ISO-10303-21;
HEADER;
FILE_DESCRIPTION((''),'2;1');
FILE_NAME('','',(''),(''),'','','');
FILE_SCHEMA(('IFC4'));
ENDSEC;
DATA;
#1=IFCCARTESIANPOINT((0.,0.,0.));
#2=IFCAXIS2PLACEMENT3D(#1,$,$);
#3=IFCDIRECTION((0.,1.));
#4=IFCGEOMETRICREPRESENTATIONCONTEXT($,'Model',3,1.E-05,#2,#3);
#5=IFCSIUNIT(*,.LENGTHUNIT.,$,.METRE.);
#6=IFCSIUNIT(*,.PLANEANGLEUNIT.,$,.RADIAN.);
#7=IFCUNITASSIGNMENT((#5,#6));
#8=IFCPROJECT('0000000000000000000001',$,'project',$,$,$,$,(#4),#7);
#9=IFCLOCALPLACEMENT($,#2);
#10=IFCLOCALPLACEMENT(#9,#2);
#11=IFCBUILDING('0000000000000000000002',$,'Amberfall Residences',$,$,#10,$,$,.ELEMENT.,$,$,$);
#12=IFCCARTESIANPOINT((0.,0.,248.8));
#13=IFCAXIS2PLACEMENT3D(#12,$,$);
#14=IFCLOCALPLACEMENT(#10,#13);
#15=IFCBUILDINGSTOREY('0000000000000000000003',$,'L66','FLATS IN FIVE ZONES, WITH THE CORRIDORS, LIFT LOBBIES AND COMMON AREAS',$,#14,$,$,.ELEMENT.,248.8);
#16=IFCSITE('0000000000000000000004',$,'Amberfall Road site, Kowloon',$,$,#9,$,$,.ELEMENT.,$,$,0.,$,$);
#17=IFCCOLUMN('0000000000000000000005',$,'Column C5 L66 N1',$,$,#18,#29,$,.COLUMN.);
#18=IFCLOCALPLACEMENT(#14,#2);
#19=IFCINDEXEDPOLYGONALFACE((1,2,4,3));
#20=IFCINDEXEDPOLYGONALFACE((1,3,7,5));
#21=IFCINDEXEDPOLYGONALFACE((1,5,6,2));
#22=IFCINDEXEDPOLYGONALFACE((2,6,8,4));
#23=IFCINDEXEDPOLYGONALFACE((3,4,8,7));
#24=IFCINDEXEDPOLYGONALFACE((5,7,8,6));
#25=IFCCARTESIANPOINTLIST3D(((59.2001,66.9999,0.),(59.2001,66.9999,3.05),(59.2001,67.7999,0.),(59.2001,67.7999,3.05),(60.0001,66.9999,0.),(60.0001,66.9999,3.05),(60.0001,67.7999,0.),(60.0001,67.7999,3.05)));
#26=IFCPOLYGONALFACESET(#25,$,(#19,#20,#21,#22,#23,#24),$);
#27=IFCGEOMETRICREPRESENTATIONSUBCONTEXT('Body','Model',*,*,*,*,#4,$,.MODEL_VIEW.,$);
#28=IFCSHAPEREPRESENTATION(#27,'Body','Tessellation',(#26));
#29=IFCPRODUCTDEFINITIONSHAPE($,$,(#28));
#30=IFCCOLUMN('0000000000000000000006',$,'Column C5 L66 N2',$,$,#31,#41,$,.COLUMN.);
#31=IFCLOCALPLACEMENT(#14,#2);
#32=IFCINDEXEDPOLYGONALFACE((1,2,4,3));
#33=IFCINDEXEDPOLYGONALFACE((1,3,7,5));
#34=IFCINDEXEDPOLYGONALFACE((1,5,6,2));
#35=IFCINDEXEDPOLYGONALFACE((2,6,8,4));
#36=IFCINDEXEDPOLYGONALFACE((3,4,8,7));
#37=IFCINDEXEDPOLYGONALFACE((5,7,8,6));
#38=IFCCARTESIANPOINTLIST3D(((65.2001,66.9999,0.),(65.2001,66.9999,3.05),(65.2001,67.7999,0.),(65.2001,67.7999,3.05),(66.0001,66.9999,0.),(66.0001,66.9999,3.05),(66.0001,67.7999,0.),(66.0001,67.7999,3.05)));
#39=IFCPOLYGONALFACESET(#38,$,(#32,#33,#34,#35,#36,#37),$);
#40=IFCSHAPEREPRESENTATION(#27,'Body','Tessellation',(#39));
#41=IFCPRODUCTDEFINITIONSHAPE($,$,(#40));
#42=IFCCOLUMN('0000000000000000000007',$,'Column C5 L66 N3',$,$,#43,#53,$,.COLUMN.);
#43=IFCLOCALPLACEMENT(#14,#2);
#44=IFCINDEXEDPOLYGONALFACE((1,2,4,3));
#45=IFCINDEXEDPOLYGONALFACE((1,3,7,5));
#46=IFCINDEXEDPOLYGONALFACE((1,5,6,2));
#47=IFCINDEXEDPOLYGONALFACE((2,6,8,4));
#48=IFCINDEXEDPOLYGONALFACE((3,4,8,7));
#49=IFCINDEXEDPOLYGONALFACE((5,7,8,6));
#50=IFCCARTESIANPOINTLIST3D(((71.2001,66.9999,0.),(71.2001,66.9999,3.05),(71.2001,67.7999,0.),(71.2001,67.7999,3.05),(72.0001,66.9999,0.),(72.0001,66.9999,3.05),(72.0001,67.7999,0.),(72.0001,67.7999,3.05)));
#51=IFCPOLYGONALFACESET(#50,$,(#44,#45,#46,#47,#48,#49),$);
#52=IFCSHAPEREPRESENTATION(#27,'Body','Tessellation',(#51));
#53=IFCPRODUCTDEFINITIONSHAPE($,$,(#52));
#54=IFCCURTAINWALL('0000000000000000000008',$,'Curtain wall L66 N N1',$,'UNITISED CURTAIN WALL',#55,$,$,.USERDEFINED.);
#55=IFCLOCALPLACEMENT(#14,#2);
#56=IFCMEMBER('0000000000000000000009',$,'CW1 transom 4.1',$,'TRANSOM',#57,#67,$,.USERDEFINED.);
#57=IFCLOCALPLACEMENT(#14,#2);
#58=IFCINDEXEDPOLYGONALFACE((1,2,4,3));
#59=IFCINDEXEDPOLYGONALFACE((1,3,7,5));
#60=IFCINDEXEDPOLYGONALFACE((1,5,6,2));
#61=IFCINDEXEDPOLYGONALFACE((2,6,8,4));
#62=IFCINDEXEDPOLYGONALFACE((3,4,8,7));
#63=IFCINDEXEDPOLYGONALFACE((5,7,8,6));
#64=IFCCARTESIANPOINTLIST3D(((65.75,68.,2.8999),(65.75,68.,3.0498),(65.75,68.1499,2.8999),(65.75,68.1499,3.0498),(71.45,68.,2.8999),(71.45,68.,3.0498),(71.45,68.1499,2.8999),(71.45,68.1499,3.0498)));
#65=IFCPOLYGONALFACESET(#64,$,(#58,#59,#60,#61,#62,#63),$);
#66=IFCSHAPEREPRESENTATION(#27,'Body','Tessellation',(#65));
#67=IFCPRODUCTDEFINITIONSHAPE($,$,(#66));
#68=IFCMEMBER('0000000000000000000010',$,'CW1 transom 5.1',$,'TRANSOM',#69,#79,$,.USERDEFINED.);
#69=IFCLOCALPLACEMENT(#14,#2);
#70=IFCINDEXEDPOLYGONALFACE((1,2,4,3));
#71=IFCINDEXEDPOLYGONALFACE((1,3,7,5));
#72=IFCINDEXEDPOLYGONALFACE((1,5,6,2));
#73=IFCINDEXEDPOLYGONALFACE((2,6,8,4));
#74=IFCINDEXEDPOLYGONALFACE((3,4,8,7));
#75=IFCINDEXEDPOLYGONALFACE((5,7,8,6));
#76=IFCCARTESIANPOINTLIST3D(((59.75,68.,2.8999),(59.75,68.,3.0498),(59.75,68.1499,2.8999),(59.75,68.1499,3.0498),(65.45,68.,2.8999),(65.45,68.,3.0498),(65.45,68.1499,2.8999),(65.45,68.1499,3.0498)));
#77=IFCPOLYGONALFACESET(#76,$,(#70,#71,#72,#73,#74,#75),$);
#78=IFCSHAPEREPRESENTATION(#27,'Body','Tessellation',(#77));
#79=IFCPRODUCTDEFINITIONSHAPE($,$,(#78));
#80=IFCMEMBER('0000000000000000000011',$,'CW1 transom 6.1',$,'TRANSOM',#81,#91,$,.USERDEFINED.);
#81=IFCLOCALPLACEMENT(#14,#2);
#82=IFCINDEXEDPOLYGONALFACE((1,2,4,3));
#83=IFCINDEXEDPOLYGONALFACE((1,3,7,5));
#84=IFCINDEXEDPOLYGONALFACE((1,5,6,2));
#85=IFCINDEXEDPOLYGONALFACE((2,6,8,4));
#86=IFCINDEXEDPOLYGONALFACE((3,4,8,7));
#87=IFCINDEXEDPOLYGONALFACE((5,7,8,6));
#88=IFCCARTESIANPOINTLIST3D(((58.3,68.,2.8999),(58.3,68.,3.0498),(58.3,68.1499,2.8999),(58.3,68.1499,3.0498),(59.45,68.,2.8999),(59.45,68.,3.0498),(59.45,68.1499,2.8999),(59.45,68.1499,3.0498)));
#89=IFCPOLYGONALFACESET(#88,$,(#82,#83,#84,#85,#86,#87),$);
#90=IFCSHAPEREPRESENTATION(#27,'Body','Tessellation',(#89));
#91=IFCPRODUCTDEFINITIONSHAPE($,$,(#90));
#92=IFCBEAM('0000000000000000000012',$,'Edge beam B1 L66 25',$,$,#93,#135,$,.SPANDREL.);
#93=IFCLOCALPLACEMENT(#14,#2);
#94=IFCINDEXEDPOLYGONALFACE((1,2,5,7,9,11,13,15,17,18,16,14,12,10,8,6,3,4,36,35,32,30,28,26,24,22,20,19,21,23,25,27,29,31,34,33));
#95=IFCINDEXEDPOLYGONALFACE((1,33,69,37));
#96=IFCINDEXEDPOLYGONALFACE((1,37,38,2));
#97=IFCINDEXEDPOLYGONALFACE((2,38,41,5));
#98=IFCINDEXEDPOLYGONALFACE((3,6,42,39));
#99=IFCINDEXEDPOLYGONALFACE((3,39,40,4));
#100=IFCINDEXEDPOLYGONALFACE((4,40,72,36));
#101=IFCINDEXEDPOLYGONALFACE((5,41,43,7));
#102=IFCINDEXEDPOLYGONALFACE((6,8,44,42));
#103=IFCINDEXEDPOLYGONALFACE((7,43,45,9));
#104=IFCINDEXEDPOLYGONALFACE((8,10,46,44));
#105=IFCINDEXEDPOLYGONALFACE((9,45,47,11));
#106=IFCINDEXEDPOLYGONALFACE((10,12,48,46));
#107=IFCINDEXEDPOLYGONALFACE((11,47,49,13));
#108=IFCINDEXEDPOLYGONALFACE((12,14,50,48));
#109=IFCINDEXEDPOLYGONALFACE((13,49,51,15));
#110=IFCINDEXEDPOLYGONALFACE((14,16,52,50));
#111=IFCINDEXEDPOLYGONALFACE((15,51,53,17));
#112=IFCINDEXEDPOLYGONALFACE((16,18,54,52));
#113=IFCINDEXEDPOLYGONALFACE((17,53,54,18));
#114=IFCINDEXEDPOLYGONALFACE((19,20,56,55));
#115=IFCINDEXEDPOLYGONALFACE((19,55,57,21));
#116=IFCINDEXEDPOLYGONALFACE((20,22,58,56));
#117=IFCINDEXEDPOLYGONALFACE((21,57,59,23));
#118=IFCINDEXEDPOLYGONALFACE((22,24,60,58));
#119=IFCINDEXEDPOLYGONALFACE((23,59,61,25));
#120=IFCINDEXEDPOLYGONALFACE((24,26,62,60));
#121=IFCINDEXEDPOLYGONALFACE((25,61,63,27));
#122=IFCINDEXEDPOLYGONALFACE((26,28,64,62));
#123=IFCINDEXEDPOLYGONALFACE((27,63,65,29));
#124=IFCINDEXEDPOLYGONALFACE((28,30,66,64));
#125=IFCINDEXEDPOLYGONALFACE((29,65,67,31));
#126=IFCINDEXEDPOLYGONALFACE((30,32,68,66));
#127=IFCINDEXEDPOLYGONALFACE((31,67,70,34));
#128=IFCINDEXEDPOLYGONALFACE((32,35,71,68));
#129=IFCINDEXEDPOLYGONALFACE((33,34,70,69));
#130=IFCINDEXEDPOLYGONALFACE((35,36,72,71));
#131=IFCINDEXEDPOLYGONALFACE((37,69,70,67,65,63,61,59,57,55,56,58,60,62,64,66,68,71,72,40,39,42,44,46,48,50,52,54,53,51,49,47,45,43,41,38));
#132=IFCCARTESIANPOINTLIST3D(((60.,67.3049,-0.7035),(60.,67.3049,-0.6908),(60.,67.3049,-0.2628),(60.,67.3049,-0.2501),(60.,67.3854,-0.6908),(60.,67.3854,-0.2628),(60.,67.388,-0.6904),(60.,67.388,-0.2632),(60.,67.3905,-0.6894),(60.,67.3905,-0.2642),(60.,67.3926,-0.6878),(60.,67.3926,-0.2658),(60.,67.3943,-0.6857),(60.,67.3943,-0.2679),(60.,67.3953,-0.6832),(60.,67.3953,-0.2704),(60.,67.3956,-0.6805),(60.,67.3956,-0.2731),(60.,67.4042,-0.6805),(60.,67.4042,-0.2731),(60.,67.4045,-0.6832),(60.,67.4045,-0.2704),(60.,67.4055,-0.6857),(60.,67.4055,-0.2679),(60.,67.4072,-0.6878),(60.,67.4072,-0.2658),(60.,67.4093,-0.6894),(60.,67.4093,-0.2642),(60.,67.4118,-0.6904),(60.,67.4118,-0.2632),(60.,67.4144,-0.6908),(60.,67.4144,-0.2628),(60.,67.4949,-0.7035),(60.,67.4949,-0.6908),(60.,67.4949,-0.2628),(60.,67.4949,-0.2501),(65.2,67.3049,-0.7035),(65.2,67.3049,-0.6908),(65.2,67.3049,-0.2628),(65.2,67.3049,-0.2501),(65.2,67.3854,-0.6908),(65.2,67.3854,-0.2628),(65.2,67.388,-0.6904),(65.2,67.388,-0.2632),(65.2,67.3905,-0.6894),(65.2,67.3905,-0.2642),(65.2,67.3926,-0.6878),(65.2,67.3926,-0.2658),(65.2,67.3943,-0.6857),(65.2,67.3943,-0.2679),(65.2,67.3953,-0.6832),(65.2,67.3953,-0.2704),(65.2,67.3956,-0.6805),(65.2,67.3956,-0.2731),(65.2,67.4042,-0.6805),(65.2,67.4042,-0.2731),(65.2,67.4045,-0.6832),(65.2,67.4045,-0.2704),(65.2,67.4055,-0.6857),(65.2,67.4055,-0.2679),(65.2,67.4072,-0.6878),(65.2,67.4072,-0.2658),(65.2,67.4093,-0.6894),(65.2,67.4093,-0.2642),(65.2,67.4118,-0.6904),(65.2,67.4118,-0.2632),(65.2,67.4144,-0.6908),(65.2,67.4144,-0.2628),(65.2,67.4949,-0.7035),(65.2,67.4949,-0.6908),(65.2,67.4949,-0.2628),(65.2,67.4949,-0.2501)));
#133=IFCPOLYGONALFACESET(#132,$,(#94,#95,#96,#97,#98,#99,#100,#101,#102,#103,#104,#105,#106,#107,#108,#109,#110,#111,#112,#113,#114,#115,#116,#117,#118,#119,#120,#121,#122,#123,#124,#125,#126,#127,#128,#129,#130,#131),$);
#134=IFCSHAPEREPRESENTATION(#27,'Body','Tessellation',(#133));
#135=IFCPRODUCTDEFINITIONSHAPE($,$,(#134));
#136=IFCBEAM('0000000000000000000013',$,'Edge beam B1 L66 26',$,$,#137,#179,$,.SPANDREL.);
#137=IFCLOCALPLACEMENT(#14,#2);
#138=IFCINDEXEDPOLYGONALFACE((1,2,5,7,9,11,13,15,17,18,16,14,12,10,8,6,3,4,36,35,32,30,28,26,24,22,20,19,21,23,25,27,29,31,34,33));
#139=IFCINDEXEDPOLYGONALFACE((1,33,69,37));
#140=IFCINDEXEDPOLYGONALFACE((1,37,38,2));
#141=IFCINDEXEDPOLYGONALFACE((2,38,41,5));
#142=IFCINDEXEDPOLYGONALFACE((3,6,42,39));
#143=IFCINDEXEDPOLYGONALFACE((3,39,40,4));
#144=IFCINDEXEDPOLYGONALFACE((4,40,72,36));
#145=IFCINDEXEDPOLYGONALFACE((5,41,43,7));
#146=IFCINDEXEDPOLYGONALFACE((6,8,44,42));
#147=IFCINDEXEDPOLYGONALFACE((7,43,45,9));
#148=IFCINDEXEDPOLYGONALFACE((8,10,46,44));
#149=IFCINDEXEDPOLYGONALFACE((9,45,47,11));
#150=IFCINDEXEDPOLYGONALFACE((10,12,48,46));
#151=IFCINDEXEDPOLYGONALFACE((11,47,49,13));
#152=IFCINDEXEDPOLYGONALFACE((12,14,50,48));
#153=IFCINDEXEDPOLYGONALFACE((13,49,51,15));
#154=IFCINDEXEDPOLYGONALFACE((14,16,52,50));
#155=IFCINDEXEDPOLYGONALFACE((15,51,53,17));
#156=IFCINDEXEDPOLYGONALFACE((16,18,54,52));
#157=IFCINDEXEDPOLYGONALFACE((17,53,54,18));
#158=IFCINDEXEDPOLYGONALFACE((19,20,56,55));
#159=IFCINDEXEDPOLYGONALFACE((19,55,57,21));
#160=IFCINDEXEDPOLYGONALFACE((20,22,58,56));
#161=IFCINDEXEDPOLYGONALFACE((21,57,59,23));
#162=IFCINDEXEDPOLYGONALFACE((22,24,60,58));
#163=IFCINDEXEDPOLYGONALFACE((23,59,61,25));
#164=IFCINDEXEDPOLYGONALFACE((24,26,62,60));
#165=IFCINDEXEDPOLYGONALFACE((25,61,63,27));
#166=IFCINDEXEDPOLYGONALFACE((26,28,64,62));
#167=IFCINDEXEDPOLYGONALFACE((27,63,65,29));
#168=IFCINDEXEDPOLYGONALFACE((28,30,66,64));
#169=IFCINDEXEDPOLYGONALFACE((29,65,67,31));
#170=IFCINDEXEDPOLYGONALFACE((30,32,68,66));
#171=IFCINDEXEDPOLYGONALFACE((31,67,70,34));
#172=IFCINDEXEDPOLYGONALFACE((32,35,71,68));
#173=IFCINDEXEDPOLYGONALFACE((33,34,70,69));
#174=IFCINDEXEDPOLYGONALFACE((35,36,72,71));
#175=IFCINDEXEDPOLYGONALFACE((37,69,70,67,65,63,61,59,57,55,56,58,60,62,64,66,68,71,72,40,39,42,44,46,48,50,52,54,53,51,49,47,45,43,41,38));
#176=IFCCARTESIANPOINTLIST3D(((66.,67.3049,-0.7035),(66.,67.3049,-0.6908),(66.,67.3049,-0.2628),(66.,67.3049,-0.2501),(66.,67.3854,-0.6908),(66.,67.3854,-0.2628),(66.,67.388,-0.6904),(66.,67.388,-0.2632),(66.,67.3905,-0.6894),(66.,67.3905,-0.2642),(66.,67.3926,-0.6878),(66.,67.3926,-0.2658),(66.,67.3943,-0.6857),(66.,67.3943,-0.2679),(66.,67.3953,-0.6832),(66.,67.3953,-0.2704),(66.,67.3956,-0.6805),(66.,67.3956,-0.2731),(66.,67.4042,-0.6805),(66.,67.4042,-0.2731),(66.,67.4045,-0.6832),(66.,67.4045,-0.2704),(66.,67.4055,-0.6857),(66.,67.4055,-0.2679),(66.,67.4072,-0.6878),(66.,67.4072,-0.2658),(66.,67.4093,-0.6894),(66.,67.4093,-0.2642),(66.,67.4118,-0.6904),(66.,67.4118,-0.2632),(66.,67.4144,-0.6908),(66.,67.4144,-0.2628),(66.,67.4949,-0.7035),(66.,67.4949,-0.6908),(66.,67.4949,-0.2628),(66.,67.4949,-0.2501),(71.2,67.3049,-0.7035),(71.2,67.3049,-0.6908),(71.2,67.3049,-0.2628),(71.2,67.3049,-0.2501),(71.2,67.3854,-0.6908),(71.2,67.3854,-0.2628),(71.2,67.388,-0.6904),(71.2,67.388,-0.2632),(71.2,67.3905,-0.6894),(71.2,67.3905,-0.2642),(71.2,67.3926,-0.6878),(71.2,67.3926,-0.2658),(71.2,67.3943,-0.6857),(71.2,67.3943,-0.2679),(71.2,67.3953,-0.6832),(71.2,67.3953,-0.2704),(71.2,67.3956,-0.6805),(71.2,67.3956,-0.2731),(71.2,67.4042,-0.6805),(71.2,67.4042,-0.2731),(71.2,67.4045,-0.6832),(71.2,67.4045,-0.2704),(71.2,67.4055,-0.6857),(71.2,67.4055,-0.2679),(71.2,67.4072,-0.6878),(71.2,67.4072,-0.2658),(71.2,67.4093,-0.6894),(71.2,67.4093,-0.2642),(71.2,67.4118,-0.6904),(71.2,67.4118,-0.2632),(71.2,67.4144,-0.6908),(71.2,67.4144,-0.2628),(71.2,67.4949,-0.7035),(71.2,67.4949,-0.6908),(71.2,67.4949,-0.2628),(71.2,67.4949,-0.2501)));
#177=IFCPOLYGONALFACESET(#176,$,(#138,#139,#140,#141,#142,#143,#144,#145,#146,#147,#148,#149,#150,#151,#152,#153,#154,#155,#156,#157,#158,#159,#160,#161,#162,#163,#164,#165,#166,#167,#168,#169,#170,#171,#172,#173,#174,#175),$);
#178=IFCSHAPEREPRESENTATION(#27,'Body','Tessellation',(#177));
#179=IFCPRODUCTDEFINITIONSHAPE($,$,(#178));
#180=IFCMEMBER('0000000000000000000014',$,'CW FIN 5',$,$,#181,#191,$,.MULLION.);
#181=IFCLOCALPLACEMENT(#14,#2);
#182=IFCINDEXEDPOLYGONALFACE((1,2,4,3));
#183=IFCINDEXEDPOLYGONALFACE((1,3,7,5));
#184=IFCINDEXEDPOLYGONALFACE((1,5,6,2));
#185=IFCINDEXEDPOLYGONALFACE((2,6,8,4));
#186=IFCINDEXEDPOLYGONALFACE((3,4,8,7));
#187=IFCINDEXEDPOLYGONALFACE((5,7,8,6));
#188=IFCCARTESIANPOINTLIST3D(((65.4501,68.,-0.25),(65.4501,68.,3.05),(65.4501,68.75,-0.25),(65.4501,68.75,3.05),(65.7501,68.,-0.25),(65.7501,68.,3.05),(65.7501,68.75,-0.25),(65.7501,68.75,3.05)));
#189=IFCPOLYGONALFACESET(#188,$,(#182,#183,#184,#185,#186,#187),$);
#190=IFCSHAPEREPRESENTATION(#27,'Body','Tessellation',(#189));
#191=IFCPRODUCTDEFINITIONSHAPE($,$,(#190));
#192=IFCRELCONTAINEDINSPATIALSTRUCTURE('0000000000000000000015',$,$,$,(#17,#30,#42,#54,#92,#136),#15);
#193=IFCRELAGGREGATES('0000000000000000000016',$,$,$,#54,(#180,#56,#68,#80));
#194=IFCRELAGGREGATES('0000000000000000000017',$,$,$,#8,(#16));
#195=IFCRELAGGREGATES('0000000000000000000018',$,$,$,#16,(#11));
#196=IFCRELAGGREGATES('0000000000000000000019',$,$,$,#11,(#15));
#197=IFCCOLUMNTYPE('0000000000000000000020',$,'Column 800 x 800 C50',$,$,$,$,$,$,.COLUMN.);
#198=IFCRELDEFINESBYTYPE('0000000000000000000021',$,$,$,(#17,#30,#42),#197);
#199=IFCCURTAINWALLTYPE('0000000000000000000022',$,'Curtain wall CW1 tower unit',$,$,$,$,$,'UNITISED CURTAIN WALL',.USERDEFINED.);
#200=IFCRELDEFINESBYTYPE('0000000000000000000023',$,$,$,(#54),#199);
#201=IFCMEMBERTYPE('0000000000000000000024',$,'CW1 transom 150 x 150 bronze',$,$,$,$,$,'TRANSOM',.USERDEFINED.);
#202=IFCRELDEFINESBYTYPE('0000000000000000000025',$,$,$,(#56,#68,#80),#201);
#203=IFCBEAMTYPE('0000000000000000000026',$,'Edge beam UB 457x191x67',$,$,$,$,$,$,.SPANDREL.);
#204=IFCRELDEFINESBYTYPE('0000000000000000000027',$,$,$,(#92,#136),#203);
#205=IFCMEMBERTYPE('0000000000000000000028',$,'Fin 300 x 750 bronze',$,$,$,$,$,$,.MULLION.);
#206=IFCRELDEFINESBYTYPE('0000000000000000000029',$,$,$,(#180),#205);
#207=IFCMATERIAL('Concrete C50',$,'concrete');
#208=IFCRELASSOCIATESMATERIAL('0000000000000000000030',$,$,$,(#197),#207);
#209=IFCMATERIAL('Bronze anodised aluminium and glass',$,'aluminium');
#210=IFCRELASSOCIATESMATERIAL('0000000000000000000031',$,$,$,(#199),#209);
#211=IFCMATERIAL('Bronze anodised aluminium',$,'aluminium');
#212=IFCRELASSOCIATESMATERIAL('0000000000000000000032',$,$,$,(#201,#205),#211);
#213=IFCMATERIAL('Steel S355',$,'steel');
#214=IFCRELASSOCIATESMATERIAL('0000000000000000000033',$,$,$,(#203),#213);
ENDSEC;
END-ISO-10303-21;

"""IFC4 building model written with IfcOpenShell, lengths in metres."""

from ifc_helpers import new_model, si_unit, direction, frame, origin, origin_2d, place, context, subcontext, project, spatial, rectangle, i_section, extrude, material, material_profile, profile_set, type_object, element, aggregate, save


model = new_model("IFC4")

# Units and contexts
model_context = context("Model", 3, precision=1e-05, world=origin(), true_north=direction((0.0, 1.0)))
body_context = subcontext(model_context, "Body", "Model", "MODEL_VIEW")
ifc_project = project(units=[si_unit("LENGTHUNIT", "METRE"), si_unit("PLANEANGLEUNIT", "RADIAN")], contexts=[model_context])

# Site, building, storey
site_placement = place(None, origin())
site = spatial("IfcSite", under=ifc_project, at=site_placement, Name="Amberfall Road site, Kowloon", CompositionType="ELEMENT", RefElevation=0.0)
building_placement = place(site_placement, origin())
building = spatial("IfcBuilding", under=site, at=building_placement, Name="Amberfall Residences", CompositionType="ELEMENT")
storey_placement = place(building_placement, frame((0.0, 0.0, 248.8)))
storey = spatial("IfcBuildingStorey", under=building, at=storey_placement, Name="L66", Description="FLATS IN FIVE ZONES, WITH THE CORRIDORS, LIFT LOBBIES AND COMMON AREAS", CompositionType="ELEMENT", Elevation=248.8)

# Columns
ifc_material_1 = material(Name="Concrete C50", Category="concrete")
ifc_material_profile_1 = material_profile(ifc_material_1, rectangle(XDim=0.8, YDim=0.8, at=origin_2d()), Name="Column 800 x 800 C50")
ifc_profile_set_1 = profile_set([ifc_material_profile_1], Name="Concrete C50")
column_type = type_object("IfcColumnType", Name="Column 800 x 800 C50", PredefinedType="COLUMN", material=ifc_profile_set_1)
for number, where, z_axis, x_axis, name in (
    (1, (59.6001, 67.3999, 0.0), (0.0, 0.0, 1.0), (1.0, 0.0, 0.0), "Column C5 L66 N1"),
    (2, (65.6001, 67.3999, 0.0), (0.0, 0.0, 1.0), (1.0, 0.0, 0.0), "Column C5 L66 N2"),
    (3, (71.6001, 67.3999, 0.0), (0.0, 0.0, 1.0), (1.0, 0.0, 0.0), "Column C5 L66 N3"),
):
    element("IfcColumn", number, at=place(storey_placement, frame(where, z_axis=z_axis, x_axis=x_axis)), inside=storey, type_object=column_type, Name=name, PredefinedType="COLUMN", context=body_context, shape_type="SweptSolid", body=[
        extrude(rectangle(XDim=0.8, YDim=0.8, at=origin_2d()), origin(), (0.0, 0.0, 1.0), 3.05),
    ])

# Curtain wall, members
ifc_material_2 = material(Name="Bronze anodised aluminium and glass", Category="aluminium")
curtain_wall_type = type_object("IfcCurtainWallType", Name="Curtain wall CW1 tower unit", ElementType="UNITISED CURTAIN WALL", PredefinedType="USERDEFINED", material=ifc_material_2)
curtain_wall_placement = place(storey_placement, origin())
curtain_wall = element("IfcCurtainWall", 4, at=curtain_wall_placement, inside=storey, type_object=curtain_wall_type, Name="Curtain wall L66 N N1", ObjectType="UNITISED CURTAIN WALL", PredefinedType="USERDEFINED")
ifc_material_3 = material(Name="Bronze anodised aluminium", Category="aluminium")
ifc_material_profile_2 = material_profile(ifc_material_3, rectangle(XDim=0.1499, YDim=0.1499, at=origin_2d()), Name="CW1 transom 150 x 150 bronze")
ifc_profile_set_2 = profile_set([ifc_material_profile_2], Name="Bronze anodised aluminium")
member_type_1 = type_object("IfcMemberType", Name="CW1 transom 150 x 150 bronze", ElementType="TRANSOM", PredefinedType="USERDEFINED", material=ifc_profile_set_2)
member_1_placement = place(storey_placement, frame((71.45, 68.075, 2.9749), z_axis=(-1.0, 0.0, 0.0), x_axis=(0.0, -1.0, 0.0)))
member_1 = element("IfcMember", 5, at=member_1_placement, type_object=member_type_1, Name="CW1 transom 4.1", ObjectType="TRANSOM", PredefinedType="USERDEFINED", context=body_context, shape_type="SweptSolid", body=[
    extrude(rectangle(XDim=0.1499, YDim=0.1499, at=origin_2d()), origin(), (0.0, 0.0, 1.0), 5.7),
])
member_2_placement = place(storey_placement, frame((65.45, 68.075, 2.9749), z_axis=(-1.0, 0.0, 0.0), x_axis=(0.0, -1.0, 0.0)))
member_2 = element("IfcMember", 6, at=member_2_placement, type_object=member_type_1, Name="CW1 transom 5.1", ObjectType="TRANSOM", PredefinedType="USERDEFINED", context=body_context, shape_type="SweptSolid", body=[
    extrude(rectangle(XDim=0.1499, YDim=0.1499, at=origin_2d()), origin(), (0.0, 0.0, 1.0), 5.7),
])
member_3_placement = place(storey_placement, frame((59.45, 68.075, 2.9749), z_axis=(-1.0, 0.0, 0.0), x_axis=(0.0, -1.0, 0.0)))
member_3 = element("IfcMember", 7, at=member_3_placement, type_object=member_type_1, Name="CW1 transom 6.1", ObjectType="TRANSOM", PredefinedType="USERDEFINED", context=body_context, shape_type="SweptSolid", body=[
    extrude(rectangle(XDim=0.1499, YDim=0.1499, at=origin_2d()), origin(), (0.0, 0.0, 1.0), 1.1499),
])

# Beams
ifc_material_4 = material(Name="Steel S355", Category="steel")
ifc_material_profile_3 = material_profile(ifc_material_4, i_section(OverallWidth=0.1899, OverallDepth=0.4534, WebThickness=0.0085, FlangeThickness=0.0127, FilletRadius=0.0103, at=origin_2d()), Name="UB 457x191x67")
ifc_profile_set_3 = profile_set([ifc_material_profile_3], Name="Steel S355")
beam_type_1 = type_object("IfcBeamType", Name="Edge beam UB 457x191x67", PredefinedType="SPANDREL", material=ifc_profile_set_3)
for number, where, z_axis, x_axis, name in (
    (8, (60.0, 67.3999, -0.4768), (1.0, 0.0, 0.0), (0.0, 1.0, 0.0), "Edge beam B1 L66 25"),
    (9, (66.0, 67.3999, -0.4768), (1.0, 0.0, 0.0), (0.0, 1.0, 0.0), "Edge beam B1 L66 26"),
):
    element("IfcBeam", number, at=place(storey_placement, frame(where, z_axis=z_axis, x_axis=x_axis)), inside=storey, type_object=beam_type_1, Name=name, PredefinedType="SPANDREL", context=body_context, shape_type="SweptSolid", body=[
        extrude(i_section(OverallWidth=0.1899, OverallDepth=0.4534, WebThickness=0.0085, FlangeThickness=0.0127, FilletRadius=0.0103, at=origin_2d()), origin(), (0.0, 0.0, 1.0), 5.2),
    ])

# Member
ifc_material_profile_4 = material_profile(ifc_material_3, rectangle(XDim=0.75, YDim=0.3, at=origin_2d()), Name="Fin 300 x 750 bronze")
ifc_profile_set_4 = profile_set([ifc_material_profile_4], Name="Bronze anodised aluminium")
member_type_2 = type_object("IfcMemberType", Name="Fin 300 x 750 bronze", PredefinedType="MULLION", material=ifc_profile_set_4)
member_4_placement = place(storey_placement, frame((65.6001, 68.375, -0.25), z_axis=(0.0, 0.0, 1.0), x_axis=(0.0, -1.0, 0.0)))
member_4 = element("IfcMember", 10, at=member_4_placement, type_object=member_type_2, Name="CW FIN 5", PredefinedType="MULLION", context=body_context, shape_type="SweptSolid", body=[
    extrude(rectangle(XDim=0.75, YDim=0.3, at=origin_2d()), origin(), (0.0, 0.0, 1.0), 3.3),
])

aggregate(curtain_wall, [member_4, member_1, member_2, member_3])

save(model, "model.ifc")
